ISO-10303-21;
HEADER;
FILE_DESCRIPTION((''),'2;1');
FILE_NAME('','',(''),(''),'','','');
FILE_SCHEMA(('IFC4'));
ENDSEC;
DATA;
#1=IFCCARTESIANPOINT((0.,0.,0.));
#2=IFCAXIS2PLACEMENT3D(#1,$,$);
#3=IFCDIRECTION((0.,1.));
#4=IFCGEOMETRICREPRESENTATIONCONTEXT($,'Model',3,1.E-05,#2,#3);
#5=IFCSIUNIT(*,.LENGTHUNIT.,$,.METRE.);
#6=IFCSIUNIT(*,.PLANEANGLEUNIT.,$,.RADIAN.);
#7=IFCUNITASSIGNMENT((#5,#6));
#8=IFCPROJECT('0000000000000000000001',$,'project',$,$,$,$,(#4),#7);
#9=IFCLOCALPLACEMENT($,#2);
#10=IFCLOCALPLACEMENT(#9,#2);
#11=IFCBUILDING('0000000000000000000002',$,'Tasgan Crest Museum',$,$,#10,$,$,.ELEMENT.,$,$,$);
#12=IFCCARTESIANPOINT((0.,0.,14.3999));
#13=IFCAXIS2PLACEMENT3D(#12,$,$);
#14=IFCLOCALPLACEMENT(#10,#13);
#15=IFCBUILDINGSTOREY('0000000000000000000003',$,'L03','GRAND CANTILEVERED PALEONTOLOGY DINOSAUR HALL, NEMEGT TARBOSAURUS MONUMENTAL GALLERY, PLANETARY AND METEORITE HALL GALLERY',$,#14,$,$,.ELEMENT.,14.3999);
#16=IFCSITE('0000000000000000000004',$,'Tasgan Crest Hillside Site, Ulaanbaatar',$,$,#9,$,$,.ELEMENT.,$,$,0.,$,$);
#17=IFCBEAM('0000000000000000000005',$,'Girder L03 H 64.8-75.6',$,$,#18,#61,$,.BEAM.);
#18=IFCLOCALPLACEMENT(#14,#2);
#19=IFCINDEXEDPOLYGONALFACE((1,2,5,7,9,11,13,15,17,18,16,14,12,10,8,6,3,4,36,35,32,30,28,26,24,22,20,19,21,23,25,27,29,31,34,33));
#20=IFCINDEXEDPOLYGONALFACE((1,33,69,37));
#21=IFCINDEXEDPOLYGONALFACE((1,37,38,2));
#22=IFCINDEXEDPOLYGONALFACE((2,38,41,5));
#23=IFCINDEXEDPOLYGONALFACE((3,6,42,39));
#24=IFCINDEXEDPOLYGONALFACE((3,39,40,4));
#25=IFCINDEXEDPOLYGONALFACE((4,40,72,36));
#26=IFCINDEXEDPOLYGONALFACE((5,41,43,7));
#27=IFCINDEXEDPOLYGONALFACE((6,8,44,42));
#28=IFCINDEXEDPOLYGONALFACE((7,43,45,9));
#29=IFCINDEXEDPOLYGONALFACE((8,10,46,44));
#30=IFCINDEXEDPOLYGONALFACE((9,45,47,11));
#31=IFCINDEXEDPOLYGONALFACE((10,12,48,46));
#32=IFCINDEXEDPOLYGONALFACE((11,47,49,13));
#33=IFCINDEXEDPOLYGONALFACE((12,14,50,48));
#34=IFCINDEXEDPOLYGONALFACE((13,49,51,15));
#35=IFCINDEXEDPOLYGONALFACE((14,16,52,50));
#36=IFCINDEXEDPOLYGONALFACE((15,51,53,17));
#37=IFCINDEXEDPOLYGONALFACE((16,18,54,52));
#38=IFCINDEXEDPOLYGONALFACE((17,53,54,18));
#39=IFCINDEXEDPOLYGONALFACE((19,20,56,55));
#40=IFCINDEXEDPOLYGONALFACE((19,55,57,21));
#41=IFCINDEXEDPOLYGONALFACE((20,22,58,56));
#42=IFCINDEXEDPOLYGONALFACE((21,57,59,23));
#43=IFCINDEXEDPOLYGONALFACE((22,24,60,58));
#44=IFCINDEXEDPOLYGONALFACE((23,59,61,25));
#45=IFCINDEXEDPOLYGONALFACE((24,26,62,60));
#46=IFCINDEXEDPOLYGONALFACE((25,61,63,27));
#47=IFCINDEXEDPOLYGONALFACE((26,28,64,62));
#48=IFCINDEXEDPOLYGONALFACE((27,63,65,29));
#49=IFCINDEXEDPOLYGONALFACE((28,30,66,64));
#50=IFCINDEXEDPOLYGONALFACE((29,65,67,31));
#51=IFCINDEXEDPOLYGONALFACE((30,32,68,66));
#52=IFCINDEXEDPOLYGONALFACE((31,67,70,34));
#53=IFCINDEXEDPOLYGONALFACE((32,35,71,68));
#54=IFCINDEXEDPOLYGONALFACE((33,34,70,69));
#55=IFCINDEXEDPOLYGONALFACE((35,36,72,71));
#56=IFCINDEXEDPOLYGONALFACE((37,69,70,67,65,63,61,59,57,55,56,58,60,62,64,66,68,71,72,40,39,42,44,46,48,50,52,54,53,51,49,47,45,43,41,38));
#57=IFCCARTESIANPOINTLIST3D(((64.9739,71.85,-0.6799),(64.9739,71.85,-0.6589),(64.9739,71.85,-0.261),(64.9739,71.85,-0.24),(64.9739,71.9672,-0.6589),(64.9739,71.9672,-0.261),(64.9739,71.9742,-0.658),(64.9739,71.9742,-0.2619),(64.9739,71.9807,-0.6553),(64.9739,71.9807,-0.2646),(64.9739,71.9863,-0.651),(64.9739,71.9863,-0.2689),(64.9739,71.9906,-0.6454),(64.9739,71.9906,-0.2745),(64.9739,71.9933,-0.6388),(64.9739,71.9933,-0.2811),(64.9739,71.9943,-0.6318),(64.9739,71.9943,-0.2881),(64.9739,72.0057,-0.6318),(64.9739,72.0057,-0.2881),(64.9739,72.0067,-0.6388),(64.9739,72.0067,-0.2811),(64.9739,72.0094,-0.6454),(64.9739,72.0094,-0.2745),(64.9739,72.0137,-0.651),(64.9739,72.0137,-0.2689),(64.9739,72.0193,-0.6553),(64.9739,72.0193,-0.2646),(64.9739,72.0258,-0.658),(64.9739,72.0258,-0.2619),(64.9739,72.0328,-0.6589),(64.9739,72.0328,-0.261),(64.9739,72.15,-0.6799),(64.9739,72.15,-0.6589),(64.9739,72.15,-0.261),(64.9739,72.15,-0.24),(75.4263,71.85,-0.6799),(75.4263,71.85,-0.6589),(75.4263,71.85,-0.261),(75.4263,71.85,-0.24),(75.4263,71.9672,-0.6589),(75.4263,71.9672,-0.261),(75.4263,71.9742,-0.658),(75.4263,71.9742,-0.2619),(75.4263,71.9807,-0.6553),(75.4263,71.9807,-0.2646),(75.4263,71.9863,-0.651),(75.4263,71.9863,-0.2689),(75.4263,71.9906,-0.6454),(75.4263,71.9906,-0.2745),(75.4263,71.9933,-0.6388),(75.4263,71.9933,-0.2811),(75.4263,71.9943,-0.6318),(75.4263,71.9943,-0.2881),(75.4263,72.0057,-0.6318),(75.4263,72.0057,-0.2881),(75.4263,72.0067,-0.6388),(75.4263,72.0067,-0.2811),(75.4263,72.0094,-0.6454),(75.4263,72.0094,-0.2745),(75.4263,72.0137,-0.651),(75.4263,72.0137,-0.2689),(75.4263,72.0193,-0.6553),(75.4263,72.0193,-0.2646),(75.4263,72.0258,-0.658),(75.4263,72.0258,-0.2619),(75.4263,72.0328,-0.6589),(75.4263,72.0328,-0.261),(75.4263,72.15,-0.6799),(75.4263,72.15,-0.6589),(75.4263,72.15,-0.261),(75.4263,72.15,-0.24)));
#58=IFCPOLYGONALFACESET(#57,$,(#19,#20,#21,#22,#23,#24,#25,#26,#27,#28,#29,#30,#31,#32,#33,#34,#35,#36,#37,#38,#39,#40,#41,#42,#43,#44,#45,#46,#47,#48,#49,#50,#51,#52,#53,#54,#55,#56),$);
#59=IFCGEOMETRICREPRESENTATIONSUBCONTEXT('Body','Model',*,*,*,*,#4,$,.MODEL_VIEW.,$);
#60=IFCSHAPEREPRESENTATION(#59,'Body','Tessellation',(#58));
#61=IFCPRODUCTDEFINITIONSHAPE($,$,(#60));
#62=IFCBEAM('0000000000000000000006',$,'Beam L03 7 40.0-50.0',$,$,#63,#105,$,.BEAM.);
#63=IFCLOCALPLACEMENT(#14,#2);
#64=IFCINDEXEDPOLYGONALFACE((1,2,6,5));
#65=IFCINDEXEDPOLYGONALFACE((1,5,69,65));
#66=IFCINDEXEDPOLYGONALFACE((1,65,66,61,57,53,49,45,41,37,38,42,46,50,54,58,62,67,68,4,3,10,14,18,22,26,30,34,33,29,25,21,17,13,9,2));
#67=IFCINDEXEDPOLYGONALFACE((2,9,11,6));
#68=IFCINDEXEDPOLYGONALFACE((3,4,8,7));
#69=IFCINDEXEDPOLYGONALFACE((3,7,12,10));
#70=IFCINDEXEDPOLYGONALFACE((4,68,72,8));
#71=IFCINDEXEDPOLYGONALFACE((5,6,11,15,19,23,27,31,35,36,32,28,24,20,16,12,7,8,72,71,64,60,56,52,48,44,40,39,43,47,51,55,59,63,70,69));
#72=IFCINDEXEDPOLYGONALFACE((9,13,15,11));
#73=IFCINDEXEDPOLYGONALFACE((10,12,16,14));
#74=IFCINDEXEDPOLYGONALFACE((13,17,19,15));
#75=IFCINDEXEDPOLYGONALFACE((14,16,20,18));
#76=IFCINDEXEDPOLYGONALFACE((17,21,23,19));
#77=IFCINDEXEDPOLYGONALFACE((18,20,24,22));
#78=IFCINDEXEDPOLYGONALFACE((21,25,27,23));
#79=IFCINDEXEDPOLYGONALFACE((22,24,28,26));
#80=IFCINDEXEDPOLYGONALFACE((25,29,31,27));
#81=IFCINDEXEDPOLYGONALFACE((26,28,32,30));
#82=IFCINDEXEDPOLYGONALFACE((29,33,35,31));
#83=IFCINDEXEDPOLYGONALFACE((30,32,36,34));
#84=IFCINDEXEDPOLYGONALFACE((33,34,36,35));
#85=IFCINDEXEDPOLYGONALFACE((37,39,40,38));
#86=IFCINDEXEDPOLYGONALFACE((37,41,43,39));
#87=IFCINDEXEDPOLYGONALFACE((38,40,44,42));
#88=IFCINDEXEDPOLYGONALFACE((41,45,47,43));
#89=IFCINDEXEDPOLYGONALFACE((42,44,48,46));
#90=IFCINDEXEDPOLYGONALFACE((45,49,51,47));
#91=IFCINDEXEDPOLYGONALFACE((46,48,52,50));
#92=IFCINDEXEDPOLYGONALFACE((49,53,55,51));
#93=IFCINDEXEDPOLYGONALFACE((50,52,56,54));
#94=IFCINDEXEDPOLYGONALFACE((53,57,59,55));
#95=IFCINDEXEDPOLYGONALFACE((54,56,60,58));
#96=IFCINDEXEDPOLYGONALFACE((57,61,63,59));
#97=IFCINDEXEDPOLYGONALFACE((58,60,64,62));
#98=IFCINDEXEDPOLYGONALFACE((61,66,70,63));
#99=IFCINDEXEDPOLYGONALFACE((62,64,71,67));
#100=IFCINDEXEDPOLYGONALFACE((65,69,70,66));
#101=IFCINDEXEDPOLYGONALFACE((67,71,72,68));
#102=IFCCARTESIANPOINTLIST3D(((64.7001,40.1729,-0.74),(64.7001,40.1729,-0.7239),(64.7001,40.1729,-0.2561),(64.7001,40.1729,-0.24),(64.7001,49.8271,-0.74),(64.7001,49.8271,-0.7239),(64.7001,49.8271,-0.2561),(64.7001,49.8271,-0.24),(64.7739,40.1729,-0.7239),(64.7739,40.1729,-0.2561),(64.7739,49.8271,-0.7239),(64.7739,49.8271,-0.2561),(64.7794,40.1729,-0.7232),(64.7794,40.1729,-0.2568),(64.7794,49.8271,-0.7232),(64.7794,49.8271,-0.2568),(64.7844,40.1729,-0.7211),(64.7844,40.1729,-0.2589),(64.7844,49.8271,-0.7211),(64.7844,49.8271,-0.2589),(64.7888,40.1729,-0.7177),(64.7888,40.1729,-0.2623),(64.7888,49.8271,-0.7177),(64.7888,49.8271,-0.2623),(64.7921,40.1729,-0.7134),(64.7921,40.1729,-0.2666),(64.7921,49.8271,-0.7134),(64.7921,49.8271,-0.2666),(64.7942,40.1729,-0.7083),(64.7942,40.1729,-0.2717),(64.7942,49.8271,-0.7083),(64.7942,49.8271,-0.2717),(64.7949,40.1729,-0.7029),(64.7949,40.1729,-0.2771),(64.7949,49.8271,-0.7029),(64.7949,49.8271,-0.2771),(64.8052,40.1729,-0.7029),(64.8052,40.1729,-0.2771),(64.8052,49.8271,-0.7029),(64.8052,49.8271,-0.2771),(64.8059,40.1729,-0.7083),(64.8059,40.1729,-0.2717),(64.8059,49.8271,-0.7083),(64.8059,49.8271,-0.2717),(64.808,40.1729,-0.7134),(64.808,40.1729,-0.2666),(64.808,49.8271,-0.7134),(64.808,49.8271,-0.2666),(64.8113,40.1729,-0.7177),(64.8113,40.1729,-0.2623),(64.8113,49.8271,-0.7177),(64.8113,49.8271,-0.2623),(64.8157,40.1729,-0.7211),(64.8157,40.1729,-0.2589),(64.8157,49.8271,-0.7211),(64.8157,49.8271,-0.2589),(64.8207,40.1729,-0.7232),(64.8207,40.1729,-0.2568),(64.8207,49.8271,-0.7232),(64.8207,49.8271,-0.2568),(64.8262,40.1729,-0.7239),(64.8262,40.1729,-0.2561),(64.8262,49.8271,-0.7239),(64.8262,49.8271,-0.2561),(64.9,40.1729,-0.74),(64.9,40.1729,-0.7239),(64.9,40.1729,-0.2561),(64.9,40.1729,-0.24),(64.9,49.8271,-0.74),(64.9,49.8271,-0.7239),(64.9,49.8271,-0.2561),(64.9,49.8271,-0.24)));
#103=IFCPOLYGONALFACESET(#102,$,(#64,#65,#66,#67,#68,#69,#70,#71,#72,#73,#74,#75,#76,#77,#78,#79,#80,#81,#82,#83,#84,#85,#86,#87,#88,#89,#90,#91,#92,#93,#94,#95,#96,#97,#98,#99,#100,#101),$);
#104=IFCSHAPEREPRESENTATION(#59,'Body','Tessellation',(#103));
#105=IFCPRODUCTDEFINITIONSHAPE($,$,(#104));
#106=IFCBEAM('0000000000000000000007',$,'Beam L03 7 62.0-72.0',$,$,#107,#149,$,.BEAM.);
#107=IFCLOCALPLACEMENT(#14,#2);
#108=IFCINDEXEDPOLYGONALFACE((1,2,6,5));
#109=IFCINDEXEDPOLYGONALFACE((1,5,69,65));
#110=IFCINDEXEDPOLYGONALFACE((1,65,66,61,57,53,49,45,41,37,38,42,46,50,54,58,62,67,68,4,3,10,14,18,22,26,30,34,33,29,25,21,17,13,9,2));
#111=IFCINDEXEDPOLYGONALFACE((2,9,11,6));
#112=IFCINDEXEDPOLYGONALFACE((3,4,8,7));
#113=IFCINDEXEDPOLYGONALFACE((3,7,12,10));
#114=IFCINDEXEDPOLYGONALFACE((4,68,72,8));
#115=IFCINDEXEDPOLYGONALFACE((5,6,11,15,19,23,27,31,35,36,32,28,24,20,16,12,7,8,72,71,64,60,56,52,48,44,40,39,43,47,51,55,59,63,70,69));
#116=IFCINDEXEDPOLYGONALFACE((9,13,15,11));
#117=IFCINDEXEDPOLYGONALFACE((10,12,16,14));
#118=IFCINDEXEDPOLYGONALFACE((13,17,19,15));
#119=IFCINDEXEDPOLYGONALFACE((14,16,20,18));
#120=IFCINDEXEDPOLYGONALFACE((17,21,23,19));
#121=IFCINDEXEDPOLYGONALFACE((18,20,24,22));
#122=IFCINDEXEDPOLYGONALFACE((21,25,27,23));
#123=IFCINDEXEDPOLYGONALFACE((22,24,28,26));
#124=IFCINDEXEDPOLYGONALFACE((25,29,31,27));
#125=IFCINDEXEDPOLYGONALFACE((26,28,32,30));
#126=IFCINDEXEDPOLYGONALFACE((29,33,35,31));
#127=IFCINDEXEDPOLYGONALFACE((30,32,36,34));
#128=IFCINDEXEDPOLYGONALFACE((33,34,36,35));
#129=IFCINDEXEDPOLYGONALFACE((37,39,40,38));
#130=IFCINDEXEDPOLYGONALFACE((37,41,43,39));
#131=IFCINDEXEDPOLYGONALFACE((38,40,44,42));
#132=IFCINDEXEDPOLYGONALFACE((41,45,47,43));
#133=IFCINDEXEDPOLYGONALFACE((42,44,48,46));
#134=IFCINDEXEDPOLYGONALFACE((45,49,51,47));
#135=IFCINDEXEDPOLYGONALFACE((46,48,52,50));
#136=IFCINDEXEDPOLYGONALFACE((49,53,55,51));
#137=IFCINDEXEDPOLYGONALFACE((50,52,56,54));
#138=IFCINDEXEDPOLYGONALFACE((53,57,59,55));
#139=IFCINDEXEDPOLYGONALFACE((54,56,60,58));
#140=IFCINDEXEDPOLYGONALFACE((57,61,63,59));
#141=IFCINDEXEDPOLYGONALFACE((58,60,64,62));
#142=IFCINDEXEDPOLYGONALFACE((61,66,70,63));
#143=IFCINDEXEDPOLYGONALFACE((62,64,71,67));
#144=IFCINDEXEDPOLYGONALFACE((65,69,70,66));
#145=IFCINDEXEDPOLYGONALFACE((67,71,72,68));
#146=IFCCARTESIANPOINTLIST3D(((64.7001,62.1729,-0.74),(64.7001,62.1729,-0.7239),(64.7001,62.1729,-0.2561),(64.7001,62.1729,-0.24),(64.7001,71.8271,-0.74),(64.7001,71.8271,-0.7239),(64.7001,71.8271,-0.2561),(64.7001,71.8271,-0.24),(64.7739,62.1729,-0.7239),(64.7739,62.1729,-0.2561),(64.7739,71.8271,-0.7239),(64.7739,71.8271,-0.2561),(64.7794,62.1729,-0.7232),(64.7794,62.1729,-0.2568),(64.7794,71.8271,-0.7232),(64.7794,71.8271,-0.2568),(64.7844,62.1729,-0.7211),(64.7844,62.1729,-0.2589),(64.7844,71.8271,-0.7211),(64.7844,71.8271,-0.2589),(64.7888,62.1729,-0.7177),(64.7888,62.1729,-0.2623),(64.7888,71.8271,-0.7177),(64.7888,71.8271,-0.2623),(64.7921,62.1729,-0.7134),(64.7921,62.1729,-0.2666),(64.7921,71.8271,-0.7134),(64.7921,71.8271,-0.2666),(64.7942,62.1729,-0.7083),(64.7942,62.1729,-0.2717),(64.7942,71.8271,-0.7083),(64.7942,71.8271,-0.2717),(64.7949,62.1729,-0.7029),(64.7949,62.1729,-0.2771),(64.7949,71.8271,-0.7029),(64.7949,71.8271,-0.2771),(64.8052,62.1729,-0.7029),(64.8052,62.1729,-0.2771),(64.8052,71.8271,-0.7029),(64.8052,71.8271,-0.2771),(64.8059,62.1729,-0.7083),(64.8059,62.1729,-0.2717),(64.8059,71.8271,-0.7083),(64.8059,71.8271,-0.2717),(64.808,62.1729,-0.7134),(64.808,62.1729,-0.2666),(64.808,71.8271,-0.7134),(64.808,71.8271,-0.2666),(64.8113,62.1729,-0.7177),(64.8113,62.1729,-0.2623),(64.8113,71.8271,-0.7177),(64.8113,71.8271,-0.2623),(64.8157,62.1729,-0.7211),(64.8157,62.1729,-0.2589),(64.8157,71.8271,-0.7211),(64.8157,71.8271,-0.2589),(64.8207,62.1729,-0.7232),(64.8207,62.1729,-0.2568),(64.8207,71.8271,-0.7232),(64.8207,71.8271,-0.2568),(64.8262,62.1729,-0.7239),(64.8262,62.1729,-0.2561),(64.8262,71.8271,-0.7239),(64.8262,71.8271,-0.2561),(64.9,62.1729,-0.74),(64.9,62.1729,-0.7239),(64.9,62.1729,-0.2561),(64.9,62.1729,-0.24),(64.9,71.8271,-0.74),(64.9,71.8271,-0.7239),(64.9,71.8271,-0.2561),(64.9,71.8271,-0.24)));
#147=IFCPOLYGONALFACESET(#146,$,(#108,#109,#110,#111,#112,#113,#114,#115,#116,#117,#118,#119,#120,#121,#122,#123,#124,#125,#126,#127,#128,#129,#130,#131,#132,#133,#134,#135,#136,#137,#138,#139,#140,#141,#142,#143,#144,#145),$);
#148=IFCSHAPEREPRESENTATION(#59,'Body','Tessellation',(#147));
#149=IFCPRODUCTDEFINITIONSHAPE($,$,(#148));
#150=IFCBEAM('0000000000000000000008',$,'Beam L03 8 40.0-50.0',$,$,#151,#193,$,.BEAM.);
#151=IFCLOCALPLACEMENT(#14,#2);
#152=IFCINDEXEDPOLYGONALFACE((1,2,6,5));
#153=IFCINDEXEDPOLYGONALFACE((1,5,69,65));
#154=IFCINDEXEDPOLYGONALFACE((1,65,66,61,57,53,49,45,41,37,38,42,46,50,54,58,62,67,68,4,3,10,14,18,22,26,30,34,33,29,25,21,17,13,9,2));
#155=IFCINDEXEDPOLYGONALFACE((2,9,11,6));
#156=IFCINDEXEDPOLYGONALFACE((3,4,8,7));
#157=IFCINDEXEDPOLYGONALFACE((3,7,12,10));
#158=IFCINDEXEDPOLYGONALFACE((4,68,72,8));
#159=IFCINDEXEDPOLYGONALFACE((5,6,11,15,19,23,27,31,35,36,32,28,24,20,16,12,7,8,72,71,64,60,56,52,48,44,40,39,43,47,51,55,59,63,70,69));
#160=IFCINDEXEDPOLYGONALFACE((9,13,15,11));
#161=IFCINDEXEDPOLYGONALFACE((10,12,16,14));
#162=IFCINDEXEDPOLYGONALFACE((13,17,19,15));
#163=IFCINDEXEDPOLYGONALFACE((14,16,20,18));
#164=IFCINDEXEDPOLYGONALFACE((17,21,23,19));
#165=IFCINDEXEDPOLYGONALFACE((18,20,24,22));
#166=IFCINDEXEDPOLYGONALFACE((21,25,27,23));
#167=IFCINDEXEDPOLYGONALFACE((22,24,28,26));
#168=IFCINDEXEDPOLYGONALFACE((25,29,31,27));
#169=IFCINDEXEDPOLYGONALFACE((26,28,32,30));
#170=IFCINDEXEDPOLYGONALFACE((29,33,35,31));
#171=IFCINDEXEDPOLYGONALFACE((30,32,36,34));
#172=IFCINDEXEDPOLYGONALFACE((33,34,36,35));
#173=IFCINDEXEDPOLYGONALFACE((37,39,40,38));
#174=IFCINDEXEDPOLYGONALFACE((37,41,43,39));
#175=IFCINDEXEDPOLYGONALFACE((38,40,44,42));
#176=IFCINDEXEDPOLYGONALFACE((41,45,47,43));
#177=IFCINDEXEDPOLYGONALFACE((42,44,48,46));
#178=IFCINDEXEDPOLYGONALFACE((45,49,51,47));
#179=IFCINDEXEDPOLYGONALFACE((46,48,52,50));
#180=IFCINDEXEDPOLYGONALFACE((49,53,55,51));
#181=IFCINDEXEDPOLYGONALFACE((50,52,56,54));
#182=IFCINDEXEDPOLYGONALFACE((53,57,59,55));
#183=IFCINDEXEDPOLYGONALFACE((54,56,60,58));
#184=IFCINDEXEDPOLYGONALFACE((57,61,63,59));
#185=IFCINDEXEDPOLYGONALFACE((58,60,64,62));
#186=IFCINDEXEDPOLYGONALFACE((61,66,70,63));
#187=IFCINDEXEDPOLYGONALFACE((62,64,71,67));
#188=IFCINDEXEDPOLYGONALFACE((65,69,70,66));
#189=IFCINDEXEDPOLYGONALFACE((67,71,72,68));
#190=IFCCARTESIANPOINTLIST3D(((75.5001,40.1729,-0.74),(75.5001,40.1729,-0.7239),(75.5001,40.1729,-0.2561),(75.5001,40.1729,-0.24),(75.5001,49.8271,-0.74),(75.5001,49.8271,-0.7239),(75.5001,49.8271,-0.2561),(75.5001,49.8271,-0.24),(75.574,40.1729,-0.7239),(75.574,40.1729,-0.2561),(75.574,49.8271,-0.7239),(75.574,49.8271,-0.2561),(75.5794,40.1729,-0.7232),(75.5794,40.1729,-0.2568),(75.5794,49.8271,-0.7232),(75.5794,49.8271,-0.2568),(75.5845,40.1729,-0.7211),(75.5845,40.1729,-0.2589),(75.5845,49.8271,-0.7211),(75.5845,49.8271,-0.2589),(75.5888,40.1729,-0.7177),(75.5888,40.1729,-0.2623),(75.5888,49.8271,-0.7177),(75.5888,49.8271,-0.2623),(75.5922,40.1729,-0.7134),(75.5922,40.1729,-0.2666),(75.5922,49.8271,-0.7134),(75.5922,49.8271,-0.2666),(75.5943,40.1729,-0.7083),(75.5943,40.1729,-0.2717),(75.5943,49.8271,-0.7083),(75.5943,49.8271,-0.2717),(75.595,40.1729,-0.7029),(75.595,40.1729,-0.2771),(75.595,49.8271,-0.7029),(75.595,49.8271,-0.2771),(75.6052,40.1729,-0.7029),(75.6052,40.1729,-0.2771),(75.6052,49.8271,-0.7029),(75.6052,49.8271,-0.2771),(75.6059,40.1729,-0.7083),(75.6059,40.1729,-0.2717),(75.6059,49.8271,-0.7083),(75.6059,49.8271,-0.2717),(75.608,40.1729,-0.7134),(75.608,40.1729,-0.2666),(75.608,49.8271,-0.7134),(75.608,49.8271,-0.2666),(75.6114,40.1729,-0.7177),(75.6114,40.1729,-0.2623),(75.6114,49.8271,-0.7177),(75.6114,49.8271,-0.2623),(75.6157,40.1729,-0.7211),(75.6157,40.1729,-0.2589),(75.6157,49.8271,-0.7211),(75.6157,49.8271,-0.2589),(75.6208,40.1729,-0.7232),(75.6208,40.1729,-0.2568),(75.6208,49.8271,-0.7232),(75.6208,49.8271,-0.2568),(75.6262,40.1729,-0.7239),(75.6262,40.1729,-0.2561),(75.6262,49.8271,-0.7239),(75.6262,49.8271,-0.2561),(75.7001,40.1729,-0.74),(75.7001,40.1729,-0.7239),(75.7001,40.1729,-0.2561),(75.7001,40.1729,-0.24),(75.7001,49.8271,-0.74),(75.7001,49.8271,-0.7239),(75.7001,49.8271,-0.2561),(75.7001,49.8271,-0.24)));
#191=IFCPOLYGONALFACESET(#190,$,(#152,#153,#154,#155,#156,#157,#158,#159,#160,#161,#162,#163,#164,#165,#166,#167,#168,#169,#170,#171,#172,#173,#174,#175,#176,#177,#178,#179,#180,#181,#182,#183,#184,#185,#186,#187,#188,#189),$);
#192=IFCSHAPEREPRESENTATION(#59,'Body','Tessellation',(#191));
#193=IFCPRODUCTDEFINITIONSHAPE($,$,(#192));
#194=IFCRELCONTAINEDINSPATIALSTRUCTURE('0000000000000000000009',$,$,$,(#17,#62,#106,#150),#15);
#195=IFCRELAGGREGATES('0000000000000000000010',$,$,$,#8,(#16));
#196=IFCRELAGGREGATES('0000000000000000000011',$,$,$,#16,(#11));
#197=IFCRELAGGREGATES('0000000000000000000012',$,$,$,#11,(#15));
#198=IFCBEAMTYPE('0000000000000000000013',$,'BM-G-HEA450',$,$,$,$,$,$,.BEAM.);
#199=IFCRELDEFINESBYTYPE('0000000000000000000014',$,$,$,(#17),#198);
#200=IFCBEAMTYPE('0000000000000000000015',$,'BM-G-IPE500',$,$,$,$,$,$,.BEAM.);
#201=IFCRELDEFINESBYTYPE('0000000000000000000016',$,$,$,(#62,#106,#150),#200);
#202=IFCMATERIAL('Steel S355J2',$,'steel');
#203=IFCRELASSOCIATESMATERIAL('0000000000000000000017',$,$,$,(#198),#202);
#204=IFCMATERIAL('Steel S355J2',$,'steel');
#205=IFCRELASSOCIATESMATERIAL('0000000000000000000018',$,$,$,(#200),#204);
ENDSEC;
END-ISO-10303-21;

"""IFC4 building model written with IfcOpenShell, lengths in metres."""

from ifc_helpers import new_model, si_unit, direction, frame, origin, origin_2d, place, context, subcontext, project, spatial, i_section, extrude, material, material_profile, profile_set, type_object, element, save


model = new_model("IFC4")

# Units and contexts
model_context = context("Model", 3, precision=1e-05, world=origin(), true_north=direction((0.0, 1.0)))
body_context = subcontext(model_context, "Body", "Model", "MODEL_VIEW")
ifc_project = project(units=[si_unit("LENGTHUNIT", "METRE"), si_unit("PLANEANGLEUNIT", "RADIAN")], contexts=[model_context])

# Site, building, storey
site_placement = place(None, origin())
site = spatial("IfcSite", under=ifc_project, at=site_placement, Name="Tasgan Crest Hillside Site, Ulaanbaatar", CompositionType="ELEMENT", RefElevation=0.0)
building_placement = place(site_placement, origin())
building = spatial("IfcBuilding", under=site, at=building_placement, Name="Tasgan Crest Museum", CompositionType="ELEMENT")
storey_placement = place(building_placement, frame((0.0, 0.0, 14.3999)))
storey = spatial("IfcBuildingStorey", under=building, at=storey_placement, Name="L03", Description="GRAND CANTILEVERED PALEONTOLOGY DINOSAUR HALL, NEMEGT TARBOSAURUS MONUMENTAL GALLERY, PLANETARY AND METEORITE HALL GALLERY", CompositionType="ELEMENT", Elevation=14.3999)

# Beams
ifc_material_1 = material(Name="Steel S355J2", Category="steel")
ifc_material_profile_1 = material_profile(ifc_material_1, i_section(OverallWidth=0.3, OverallDepth=0.4399, WebThickness=0.0115, FlangeThickness=0.021, FilletRadius=0.0271, at=origin_2d()), Name="HEA 450")
ifc_profile_set_1 = profile_set([ifc_material_profile_1], Name="Steel S355J2")
beam_type_1 = type_object("IfcBeamType", Name="BM-G-HEA450", PredefinedType="BEAM", material=ifc_profile_set_1)
beam_1_placement = place(storey_placement, frame((64.9739, 72.0, -0.46), z_axis=(1.0, 0.0, 0.0), x_axis=(0.0, 1.0, 0.0)))
element("IfcBeam", 1, at=beam_1_placement, inside=storey, type_object=beam_type_1, Name="Girder L03 H 64.8-75.6", PredefinedType="BEAM", context=body_context, shape_type="SweptSolid", body=[
    extrude(i_section(OverallWidth=0.3, OverallDepth=0.4399, WebThickness=0.0115, FlangeThickness=0.021, FilletRadius=0.0271, at=origin_2d()), origin(), (0.0, 0.0, 1.0), 10.4524),
])
ifc_material_2 = material(Name="Steel S355J2", Category="steel")
ifc_material_profile_2 = material_profile(ifc_material_2, i_section(OverallWidth=0.2, OverallDepth=0.5, WebThickness=0.0103, FlangeThickness=0.0161, FilletRadius=0.021, at=origin_2d()), Name="IPE 500")
ifc_profile_set_2 = profile_set([ifc_material_profile_2], Name="Steel S355J2")
beam_type_2 = type_object("IfcBeamType", Name="BM-G-IPE500", PredefinedType="BEAM", material=ifc_profile_set_2)
for number, where, z_axis, x_axis, name in (
    (2, (64.8, 40.1729, -0.49), (0.0, 1.0, 0.0), (-1.0, 0.0, 0.0), "Beam L03 7 40.0-50.0"),
    (3, (64.8, 62.1729, -0.49), (0.0, 1.0, 0.0), (-1.0, 0.0, 0.0), "Beam L03 7 62.0-72.0"),
    (4, (75.6001, 40.1729, -0.49), (0.0, 1.0, 0.0), (-1.0, 0.0, 0.0), "Beam L03 8 40.0-50.0"),
):
    element("IfcBeam", number, at=place(storey_placement, frame(where, z_axis=z_axis, x_axis=x_axis)), inside=storey, type_object=beam_type_2, Name=name, PredefinedType="BEAM", context=body_context, shape_type="SweptSolid", body=[
        extrude(i_section(OverallWidth=0.2, OverallDepth=0.5, WebThickness=0.0103, FlangeThickness=0.0161, FilletRadius=0.021, at=origin_2d()), origin(), (0.0, 0.0, 1.0), 9.6543),
    ])

save(model, "model.ifc")
